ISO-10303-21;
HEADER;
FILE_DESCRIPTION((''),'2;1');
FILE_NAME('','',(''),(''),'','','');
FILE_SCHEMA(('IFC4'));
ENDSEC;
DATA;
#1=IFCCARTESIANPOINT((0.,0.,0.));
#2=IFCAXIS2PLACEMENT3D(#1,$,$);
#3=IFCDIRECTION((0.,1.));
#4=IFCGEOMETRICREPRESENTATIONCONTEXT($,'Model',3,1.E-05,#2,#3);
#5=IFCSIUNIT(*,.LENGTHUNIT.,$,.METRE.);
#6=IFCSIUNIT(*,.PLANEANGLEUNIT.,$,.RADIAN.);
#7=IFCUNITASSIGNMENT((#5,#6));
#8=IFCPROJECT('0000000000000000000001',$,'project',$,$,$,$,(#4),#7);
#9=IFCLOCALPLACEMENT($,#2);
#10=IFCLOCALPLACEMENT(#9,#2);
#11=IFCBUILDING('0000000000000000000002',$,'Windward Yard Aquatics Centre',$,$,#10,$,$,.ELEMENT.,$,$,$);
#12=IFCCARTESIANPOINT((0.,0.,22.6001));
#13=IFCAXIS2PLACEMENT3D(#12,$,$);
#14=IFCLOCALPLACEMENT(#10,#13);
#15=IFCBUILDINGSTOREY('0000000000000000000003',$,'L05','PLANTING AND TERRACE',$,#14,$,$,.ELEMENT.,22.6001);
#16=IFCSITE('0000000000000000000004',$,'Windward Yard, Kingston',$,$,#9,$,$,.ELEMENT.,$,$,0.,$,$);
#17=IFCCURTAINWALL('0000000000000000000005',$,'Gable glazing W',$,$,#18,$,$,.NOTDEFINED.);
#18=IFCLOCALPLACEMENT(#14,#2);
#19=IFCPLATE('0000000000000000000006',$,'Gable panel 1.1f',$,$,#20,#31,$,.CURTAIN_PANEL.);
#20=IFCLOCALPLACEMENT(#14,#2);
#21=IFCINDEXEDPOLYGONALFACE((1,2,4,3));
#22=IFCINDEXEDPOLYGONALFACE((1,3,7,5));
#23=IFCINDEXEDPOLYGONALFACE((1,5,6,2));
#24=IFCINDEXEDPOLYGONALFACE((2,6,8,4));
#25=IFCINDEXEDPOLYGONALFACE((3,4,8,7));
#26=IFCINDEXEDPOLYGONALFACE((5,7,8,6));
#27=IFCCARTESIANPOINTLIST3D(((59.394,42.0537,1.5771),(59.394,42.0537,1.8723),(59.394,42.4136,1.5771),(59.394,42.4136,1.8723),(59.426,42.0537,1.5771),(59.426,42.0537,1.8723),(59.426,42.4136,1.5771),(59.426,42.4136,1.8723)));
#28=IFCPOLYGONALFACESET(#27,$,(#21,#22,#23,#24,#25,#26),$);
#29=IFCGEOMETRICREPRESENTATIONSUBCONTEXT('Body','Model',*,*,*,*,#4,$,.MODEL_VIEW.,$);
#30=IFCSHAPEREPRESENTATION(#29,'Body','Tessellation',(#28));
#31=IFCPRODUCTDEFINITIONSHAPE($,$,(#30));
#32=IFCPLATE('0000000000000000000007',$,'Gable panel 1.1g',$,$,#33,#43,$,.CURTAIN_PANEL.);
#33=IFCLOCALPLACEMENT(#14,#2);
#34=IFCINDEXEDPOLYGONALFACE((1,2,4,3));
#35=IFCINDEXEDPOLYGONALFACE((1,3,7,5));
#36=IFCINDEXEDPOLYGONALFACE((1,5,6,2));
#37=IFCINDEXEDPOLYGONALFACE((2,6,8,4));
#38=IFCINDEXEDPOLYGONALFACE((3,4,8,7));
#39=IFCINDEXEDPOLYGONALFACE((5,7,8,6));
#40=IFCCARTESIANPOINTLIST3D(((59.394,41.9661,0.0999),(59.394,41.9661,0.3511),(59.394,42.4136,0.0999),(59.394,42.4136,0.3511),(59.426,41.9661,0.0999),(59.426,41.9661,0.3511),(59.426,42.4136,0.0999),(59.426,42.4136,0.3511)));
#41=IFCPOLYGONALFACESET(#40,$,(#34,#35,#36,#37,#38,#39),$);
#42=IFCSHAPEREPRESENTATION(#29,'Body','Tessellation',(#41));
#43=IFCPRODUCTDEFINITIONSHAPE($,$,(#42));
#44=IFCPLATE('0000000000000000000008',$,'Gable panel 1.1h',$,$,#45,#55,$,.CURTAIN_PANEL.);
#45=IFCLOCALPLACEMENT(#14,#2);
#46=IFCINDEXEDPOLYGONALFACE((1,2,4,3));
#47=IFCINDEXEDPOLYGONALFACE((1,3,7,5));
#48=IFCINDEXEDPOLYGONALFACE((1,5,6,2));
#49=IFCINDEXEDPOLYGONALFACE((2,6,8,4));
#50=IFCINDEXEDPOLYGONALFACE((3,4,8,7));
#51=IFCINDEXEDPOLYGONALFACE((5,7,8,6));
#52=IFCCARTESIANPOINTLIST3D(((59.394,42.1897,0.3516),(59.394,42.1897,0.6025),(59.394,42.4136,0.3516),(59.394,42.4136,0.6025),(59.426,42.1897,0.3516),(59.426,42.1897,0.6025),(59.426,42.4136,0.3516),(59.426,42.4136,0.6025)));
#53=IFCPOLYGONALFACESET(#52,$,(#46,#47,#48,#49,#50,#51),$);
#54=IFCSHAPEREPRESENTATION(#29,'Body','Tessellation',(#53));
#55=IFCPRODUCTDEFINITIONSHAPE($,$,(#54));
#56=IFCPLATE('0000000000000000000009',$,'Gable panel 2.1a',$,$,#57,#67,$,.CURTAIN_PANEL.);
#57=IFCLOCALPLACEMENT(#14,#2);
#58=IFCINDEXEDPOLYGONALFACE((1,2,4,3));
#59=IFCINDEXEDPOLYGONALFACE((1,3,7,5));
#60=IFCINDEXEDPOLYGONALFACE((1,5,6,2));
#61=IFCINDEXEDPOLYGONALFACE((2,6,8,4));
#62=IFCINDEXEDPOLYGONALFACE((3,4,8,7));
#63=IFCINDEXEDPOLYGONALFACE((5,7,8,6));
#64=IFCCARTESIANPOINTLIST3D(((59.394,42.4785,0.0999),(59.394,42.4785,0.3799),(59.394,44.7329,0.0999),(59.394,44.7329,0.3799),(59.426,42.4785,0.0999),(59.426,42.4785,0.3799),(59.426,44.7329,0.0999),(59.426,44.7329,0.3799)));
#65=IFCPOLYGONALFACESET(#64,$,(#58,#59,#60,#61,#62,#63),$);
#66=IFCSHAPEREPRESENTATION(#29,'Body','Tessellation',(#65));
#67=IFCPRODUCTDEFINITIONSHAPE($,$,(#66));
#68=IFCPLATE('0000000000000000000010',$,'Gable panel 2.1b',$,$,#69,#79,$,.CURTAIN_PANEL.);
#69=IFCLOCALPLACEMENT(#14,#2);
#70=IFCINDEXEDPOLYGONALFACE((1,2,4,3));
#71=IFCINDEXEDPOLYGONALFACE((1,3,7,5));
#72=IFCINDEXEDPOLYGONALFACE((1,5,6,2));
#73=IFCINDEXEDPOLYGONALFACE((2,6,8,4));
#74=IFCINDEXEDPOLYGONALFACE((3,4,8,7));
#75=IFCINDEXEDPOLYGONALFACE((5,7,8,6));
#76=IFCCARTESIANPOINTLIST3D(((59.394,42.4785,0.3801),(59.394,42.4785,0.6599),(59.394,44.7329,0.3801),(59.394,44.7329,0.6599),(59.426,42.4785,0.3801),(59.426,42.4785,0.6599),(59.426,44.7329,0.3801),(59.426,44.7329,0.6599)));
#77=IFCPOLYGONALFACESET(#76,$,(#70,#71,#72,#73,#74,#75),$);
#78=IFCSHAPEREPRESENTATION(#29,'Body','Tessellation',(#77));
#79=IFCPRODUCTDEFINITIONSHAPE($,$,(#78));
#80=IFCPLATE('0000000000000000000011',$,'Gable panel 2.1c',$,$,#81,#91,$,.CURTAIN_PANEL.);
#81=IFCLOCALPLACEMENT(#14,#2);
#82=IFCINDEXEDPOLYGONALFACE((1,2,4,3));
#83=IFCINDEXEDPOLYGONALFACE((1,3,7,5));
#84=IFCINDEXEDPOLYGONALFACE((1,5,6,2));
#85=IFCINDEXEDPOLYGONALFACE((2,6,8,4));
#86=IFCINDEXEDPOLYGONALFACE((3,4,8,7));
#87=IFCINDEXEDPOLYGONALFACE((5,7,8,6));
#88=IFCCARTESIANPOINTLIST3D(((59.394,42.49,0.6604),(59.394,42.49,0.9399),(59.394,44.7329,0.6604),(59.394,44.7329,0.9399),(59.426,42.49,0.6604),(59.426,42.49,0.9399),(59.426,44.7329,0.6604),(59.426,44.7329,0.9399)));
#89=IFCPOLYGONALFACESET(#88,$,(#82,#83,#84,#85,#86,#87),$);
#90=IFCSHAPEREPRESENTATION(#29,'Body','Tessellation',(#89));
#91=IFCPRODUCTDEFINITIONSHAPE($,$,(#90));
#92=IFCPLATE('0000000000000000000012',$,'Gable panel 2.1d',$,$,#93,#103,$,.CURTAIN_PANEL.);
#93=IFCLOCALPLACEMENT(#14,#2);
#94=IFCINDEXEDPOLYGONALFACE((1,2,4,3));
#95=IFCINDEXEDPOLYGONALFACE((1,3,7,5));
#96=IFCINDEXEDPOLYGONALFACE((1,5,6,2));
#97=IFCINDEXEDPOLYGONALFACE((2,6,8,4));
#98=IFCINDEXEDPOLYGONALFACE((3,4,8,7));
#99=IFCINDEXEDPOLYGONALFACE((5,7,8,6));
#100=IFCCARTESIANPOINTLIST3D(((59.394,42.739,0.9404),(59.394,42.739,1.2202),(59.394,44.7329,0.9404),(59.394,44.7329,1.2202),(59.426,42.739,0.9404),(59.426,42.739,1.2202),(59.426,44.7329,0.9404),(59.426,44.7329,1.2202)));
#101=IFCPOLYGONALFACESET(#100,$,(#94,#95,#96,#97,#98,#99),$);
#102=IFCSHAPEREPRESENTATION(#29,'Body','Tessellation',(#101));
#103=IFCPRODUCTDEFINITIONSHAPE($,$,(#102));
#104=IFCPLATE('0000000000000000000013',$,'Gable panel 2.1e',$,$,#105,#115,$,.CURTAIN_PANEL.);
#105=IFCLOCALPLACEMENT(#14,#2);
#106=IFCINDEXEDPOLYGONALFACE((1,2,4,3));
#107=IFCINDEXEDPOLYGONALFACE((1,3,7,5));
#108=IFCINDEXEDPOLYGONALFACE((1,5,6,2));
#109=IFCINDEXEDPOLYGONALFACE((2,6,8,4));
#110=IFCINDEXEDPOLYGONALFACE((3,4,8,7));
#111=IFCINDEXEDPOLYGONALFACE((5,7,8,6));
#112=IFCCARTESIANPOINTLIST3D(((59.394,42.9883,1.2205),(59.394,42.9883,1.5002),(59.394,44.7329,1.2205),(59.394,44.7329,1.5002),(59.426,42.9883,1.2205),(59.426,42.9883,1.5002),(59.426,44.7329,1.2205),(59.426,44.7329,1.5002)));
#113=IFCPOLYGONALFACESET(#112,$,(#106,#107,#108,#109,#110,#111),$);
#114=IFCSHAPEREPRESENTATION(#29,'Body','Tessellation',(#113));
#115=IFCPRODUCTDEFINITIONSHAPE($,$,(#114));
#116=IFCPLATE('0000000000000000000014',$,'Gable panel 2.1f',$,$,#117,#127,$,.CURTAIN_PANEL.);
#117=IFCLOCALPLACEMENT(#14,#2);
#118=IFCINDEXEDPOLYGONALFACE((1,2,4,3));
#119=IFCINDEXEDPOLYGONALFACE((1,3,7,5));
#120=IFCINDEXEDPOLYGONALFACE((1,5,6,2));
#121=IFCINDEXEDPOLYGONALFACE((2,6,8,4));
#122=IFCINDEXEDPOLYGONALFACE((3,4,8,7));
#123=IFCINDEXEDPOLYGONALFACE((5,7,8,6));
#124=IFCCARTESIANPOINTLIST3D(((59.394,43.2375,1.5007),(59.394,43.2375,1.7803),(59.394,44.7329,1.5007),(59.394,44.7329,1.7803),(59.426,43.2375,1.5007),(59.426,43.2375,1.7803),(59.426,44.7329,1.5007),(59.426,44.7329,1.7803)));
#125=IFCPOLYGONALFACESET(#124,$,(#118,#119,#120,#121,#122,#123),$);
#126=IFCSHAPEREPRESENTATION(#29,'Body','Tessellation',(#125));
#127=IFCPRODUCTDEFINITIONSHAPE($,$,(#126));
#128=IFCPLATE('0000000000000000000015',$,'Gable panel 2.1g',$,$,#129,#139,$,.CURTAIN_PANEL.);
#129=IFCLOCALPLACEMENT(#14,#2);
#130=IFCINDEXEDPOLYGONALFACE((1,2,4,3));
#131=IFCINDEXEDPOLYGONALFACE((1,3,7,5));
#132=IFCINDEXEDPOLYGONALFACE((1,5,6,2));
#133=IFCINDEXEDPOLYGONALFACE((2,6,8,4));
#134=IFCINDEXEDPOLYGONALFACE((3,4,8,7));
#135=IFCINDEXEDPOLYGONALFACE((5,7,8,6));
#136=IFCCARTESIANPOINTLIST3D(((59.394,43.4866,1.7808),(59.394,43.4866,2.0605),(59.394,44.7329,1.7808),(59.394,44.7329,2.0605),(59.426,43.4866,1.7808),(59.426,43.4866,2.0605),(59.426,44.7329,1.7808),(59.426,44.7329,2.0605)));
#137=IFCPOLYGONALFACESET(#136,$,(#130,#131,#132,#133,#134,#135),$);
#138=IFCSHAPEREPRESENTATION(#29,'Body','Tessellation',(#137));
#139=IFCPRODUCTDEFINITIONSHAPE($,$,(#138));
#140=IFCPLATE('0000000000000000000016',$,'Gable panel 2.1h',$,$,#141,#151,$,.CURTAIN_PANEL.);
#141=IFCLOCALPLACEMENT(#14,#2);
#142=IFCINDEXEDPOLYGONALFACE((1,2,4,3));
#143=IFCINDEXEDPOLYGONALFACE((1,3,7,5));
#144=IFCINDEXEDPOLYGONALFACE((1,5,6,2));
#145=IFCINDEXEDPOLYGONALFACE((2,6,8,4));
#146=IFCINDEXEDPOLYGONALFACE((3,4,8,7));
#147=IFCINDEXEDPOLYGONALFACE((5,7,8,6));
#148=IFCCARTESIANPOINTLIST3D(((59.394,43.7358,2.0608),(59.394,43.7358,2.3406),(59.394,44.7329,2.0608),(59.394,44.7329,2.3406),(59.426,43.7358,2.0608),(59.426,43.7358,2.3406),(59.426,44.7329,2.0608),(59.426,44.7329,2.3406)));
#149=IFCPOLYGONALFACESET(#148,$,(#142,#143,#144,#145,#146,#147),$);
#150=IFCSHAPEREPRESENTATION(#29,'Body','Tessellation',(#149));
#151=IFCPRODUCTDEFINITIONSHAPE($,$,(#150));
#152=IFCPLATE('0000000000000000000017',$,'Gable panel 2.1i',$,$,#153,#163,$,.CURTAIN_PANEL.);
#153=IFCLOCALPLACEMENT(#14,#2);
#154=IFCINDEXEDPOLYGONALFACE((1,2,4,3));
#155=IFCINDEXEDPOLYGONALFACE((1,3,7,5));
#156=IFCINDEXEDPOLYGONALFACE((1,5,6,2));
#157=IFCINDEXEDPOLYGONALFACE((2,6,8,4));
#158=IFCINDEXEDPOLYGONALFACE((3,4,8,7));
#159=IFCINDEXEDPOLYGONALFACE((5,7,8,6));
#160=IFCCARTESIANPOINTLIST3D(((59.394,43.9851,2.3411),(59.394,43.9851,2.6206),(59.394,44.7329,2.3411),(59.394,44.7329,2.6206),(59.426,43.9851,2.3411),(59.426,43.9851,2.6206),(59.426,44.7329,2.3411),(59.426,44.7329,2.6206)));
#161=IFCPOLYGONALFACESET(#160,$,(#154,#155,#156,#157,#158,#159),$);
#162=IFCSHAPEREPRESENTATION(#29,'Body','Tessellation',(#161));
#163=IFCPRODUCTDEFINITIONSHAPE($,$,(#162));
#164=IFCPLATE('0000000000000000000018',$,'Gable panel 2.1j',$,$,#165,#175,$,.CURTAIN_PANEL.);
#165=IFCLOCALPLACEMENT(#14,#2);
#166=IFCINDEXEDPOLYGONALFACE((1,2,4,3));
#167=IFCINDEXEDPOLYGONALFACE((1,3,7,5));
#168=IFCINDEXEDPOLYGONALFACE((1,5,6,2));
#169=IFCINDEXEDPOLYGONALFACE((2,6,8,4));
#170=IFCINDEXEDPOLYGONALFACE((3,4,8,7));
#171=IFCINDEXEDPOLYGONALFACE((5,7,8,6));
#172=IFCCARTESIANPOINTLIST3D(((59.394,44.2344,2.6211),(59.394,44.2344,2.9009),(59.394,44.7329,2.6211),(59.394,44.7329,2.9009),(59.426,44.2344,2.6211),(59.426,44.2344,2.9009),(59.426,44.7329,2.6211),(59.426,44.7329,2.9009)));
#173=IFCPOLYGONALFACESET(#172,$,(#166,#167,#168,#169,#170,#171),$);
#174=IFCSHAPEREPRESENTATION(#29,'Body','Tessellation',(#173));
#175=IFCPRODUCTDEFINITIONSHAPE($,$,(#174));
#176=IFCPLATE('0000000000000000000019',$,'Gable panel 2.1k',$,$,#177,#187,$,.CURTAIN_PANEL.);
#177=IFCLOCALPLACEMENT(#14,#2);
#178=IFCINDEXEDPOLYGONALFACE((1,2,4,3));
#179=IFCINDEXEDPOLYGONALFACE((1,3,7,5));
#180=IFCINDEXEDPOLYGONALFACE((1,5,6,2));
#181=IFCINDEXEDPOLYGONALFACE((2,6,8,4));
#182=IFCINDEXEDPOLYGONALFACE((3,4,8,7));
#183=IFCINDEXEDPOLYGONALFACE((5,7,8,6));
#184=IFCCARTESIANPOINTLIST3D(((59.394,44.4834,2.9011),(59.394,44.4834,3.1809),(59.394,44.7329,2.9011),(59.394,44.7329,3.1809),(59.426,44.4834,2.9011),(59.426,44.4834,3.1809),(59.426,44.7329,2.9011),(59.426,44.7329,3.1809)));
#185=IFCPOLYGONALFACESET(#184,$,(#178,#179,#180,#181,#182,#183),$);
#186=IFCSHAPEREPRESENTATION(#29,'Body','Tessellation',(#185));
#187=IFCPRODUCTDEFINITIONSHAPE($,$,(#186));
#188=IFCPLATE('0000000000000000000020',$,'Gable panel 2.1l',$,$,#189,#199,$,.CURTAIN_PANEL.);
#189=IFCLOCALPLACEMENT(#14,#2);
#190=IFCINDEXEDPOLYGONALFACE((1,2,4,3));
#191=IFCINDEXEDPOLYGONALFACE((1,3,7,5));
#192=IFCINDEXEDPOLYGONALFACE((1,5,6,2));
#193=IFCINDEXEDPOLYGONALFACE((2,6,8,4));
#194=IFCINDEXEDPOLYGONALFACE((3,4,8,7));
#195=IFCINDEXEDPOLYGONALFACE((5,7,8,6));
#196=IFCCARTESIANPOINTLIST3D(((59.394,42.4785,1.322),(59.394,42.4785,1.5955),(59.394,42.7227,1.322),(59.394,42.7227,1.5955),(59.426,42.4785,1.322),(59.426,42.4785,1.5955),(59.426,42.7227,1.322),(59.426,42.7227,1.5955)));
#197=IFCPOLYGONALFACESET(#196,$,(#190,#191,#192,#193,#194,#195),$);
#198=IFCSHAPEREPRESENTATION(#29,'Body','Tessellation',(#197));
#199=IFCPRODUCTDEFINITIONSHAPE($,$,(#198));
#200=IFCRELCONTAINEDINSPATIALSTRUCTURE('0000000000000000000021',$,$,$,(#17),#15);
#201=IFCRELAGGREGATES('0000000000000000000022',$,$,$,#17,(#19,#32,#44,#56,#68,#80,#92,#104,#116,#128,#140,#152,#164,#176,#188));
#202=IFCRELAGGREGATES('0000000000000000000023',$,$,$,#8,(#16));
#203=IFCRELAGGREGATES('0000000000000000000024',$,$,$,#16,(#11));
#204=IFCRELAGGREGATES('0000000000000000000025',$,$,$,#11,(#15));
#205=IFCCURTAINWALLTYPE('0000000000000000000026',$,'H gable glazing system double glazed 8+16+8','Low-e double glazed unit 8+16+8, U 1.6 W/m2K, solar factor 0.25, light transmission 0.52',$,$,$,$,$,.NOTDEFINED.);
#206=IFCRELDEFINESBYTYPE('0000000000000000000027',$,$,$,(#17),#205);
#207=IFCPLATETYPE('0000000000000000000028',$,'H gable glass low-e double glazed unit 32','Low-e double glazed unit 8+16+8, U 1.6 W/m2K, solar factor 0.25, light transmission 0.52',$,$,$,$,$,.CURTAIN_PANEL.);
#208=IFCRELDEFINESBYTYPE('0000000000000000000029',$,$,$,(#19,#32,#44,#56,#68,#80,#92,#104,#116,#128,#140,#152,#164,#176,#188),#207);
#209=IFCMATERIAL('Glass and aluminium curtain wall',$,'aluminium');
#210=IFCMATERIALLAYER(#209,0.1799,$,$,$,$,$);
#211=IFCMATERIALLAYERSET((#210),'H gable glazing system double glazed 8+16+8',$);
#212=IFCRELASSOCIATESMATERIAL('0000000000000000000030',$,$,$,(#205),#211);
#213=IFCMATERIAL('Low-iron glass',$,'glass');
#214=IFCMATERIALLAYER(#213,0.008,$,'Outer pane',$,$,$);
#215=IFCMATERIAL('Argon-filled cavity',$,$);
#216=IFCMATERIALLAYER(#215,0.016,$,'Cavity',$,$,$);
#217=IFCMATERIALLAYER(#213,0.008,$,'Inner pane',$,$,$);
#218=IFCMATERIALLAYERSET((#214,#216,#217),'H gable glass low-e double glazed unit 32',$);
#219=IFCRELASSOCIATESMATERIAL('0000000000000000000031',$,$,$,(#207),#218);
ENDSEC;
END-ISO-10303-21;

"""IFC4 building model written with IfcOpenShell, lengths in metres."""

from ifc_helpers import new_model, si_unit, direction, frame, origin, place, context, subcontext, project, spatial, polyline, outline, extrude, material, layer, layer_set, type_object, element, aggregate, save


model = new_model("IFC4")

# Units and contexts
model_context = context("Model", 3, precision=1e-05, world=origin(), true_north=direction((0.0, 1.0)))
body_context = subcontext(model_context, "Body", "Model", "MODEL_VIEW")
ifc_project = project(units=[si_unit("LENGTHUNIT", "METRE"), si_unit("PLANEANGLEUNIT", "RADIAN")], contexts=[model_context])

# Site, building, storey
site_placement = place(None, origin())
site = spatial("IfcSite", under=ifc_project, at=site_placement, Name="Windward Yard, Kingston", CompositionType="ELEMENT", RefElevation=0.0)
building_placement = place(site_placement, origin())
building = spatial("IfcBuilding", under=site, at=building_placement, Name="Windward Yard Aquatics Centre", CompositionType="ELEMENT")
storey_placement = place(building_placement, frame((0.0, 0.0, 22.6001)))
storey = spatial("IfcBuildingStorey", under=building, at=storey_placement, Name="L05", Description="PLANTING AND TERRACE", CompositionType="ELEMENT", Elevation=22.6001)

# Curtain wall, plates
ifc_material_1 = material(Name="Glass and aluminium curtain wall", Category="aluminium")
ifc_layer_1 = layer(ifc_material_1, 0.1799)
ifc_layer_set_1 = layer_set([ifc_layer_1], Name="H gable glazing system double glazed 8+16+8")
curtain_wall_type = type_object("IfcCurtainWallType", Name="H gable glazing system double glazed 8+16+8", Description="Low-e double glazed unit 8+16+8, U 1.6 W/m2K, solar factor 0.25, light transmission 0.52", PredefinedType="NOTDEFINED", material=ifc_layer_set_1)
curtain_wall_placement = place(storey_placement, origin())
curtain_wall = element("IfcCurtainWall", 1, at=curtain_wall_placement, inside=storey, type_object=curtain_wall_type, Name="Gable glazing W", PredefinedType="NOTDEFINED")
ifc_material_2 = material(Name="Low-iron glass", Category="glass")
ifc_layer_2 = layer(ifc_material_2, 0.008, Name="Outer pane")
ifc_material_3 = material(Name="Argon-filled cavity")
ifc_layer_3 = layer(ifc_material_3, 0.016, Name="Cavity")
ifc_layer_4 = layer(ifc_material_2, 0.008, Name="Inner pane")
ifc_layer_set_2 = layer_set([ifc_layer_2, ifc_layer_3, ifc_layer_4], Name="H gable glass low-e double glazed unit 32")
plate_type = type_object("IfcPlateType", Name="H gable glass low-e double glazed unit 32", Description="Low-e double glazed unit 8+16+8, U 1.6 W/m2K, solar factor 0.25, light transmission 0.52", PredefinedType="CURTAIN_PANEL", material=ifc_layer_set_2)
plate_1_placement = place(storey_placement, frame((59.426, 42.0537, 1.5771), z_axis=(1.0, 0.0, 0.0), x_axis=(0.0, 1.0, 0.0)))
plate_1 = element("IfcPlate", 2, at=plate_1_placement, type_object=plate_type, Name="Gable panel 1.1f", PredefinedType="CURTAIN_PANEL", context=body_context, shape_type="SweptSolid", body=[
    extrude(outline(polyline([(0.0, 0.0), (0.3599, 0.0), (0.3599, 0.2952), (0.0, 0.2952), (0.0, 0.0)])), origin(), (0.0, 0.0, -1.0), 0.032),
])
plate_2_placement = place(storey_placement, frame((59.426, 41.9661, 0.0999), z_axis=(1.0, 0.0, 0.0), x_axis=(0.0, 1.0, 0.0)))
plate_2 = element("IfcPlate", 3, at=plate_2_placement, type_object=plate_type, Name="Gable panel 1.1g", PredefinedType="CURTAIN_PANEL", context=body_context, shape_type="SweptSolid", body=[
    extrude(outline(polyline([(0.0, 0.0), (0.4475, 0.0), (0.4475, 0.2512), (0.0, 0.2512), (0.0, 0.0)])), origin(), (0.0, 0.0, -1.0), 0.032),
])
plate_3_placement = place(storey_placement, frame((59.426, 42.1897, 0.3516), z_axis=(1.0, 0.0, 0.0), x_axis=(0.0, 1.0, 0.0)))
plate_3 = element("IfcPlate", 4, at=plate_3_placement, type_object=plate_type, Name="Gable panel 1.1h", PredefinedType="CURTAIN_PANEL", context=body_context, shape_type="SweptSolid", body=[
    extrude(outline(polyline([(0.0, 0.0), (0.2239, 0.0), (0.2239, 0.251), (0.0, 0.251), (0.0, 0.0)])), origin(), (0.0, 0.0, -1.0), 0.032),
])
plate_4_placement = place(storey_placement, frame((59.426, 42.4785, 0.0999), z_axis=(1.0, 0.0, 0.0), x_axis=(0.0, 1.0, 0.0)))
plate_4 = element("IfcPlate", 5, at=plate_4_placement, type_object=plate_type, Name="Gable panel 2.1a", PredefinedType="CURTAIN_PANEL", context=body_context, shape_type="SweptSolid", body=[
    extrude(outline(polyline([(0.0, 0.0), (2.2544, 0.0), (2.2544, 0.28), (0.0, 0.28), (0.0, 0.0)])), origin(), (0.0, 0.0, -1.0), 0.032),
])
plate_5_placement = place(storey_placement, frame((59.426, 42.4785, 0.3801), z_axis=(1.0, 0.0, 0.0), x_axis=(0.0, 1.0, 0.0)))
plate_5 = element("IfcPlate", 6, at=plate_5_placement, type_object=plate_type, Name="Gable panel 2.1b", PredefinedType="CURTAIN_PANEL", context=body_context, shape_type="SweptSolid", body=[
    extrude(outline(polyline([(0.0, 0.0), (2.2544, 0.0), (2.2544, 0.2798), (0.0, 0.2798), (0.0, 0.0)])), origin(), (0.0, 0.0, -1.0), 0.032),
])
plate_6_placement = place(storey_placement, frame((59.426, 42.49, 0.6604), z_axis=(1.0, 0.0, 0.0), x_axis=(0.0, 1.0, 0.0)))
plate_6 = element("IfcPlate", 7, at=plate_6_placement, type_object=plate_type, Name="Gable panel 2.1c", PredefinedType="CURTAIN_PANEL", context=body_context, shape_type="SweptSolid", body=[
    extrude(outline(polyline([(0.0, 0.0), (2.2429, 0.0), (2.2429, 0.2795), (0.0, 0.2795), (0.0, 0.0)])), origin(), (0.0, 0.0, -1.0), 0.032),
])
plate_7_placement = place(storey_placement, frame((59.426, 42.739, 0.9404), z_axis=(1.0, 0.0, 0.0), x_axis=(0.0, 1.0, 0.0)))
plate_7 = element("IfcPlate", 8, at=plate_7_placement, type_object=plate_type, Name="Gable panel 2.1d", PredefinedType="CURTAIN_PANEL", context=body_context, shape_type="SweptSolid", body=[
    extrude(outline(polyline([(0.0, 0.0), (1.9939, 0.0), (1.9939, 0.2798), (0.0, 0.2798), (0.0, 0.0)])), origin(), (0.0, 0.0, -1.0), 0.032),
])
plate_8_placement = place(storey_placement, frame((59.426, 42.9883, 1.2205), z_axis=(1.0, 0.0, 0.0), x_axis=(0.0, 1.0, 0.0)))
plate_8 = element("IfcPlate", 9, at=plate_8_placement, type_object=plate_type, Name="Gable panel 2.1e", PredefinedType="CURTAIN_PANEL", context=body_context, shape_type="SweptSolid", body=[
    extrude(outline(polyline([(0.0, 0.0), (1.7446, 0.0), (1.7446, 0.2798), (0.0, 0.2798), (0.0, 0.0)])), origin(), (0.0, 0.0, -1.0), 0.032),
])
plate_9_placement = place(storey_placement, frame((59.426, 43.2375, 1.5007), z_axis=(1.0, 0.0, 0.0), x_axis=(0.0, 1.0, 0.0)))
plate_9 = element("IfcPlate", 10, at=plate_9_placement, type_object=plate_type, Name="Gable panel 2.1f", PredefinedType="CURTAIN_PANEL", context=body_context, shape_type="SweptSolid", body=[
    extrude(outline(polyline([(0.0, 0.0), (1.4954, 0.0), (1.4954, 0.2795), (0.0, 0.2795), (0.0, 0.0)])), origin(), (0.0, 0.0, -1.0), 0.032),
])
plate_10_placement = place(storey_placement, frame((59.426, 43.4866, 1.7808), z_axis=(1.0, 0.0, 0.0), x_axis=(0.0, 1.0, 0.0)))
plate_10 = element("IfcPlate", 11, at=plate_10_placement, type_object=plate_type, Name="Gable panel 2.1g", PredefinedType="CURTAIN_PANEL", context=body_context, shape_type="SweptSolid", body=[
    extrude(outline(polyline([(0.0, 0.0), (1.2463, 0.0), (1.2463, 0.2798), (0.0, 0.2798), (0.0, 0.0)])), origin(), (0.0, 0.0, -1.0), 0.032),
])
plate_11_placement = place(storey_placement, frame((59.426, 43.7358, 2.0608), z_axis=(1.0, 0.0, 0.0), x_axis=(0.0, 1.0, 0.0)))
plate_11 = element("IfcPlate", 12, at=plate_11_placement, type_object=plate_type, Name="Gable panel 2.1h", PredefinedType="CURTAIN_PANEL", context=body_context, shape_type="SweptSolid", body=[
    extrude(outline(polyline([(0.0, 0.0), (0.9971, 0.0), (0.9971, 0.2798), (0.0, 0.2798), (0.0, 0.0)])), origin(), (0.0, 0.0, -1.0), 0.032),
])
plate_12_placement = place(storey_placement, frame((59.426, 43.9851, 2.3411), z_axis=(1.0, 0.0, 0.0), x_axis=(0.0, 1.0, 0.0)))
plate_12 = element("IfcPlate", 13, at=plate_12_placement, type_object=plate_type, Name="Gable panel 2.1i", PredefinedType="CURTAIN_PANEL", context=body_context, shape_type="SweptSolid", body=[
    extrude(outline(polyline([(0.0, 0.0), (0.7478, 0.0), (0.7478, 0.2795), (0.0, 0.2795), (0.0, 0.0)])), origin(), (0.0, 0.0, -1.0), 0.032),
])
plate_13_placement = place(storey_placement, frame((59.426, 44.2344, 2.6211), z_axis=(1.0, 0.0, 0.0), x_axis=(0.0, 1.0, 0.0)))
plate_13 = element("IfcPlate", 14, at=plate_13_placement, type_object=plate_type, Name="Gable panel 2.1j", PredefinedType="CURTAIN_PANEL", context=body_context, shape_type="SweptSolid", body=[
    extrude(outline(polyline([(0.0, 0.0), (0.4985, 0.0), (0.4985, 0.2798), (0.0, 0.2798), (0.0, 0.0)])), origin(), (0.0, 0.0, -1.0), 0.032),
])
plate_14_placement = place(storey_placement, frame((59.426, 44.4834, 2.9011), z_axis=(1.0, 0.0, 0.0), x_axis=(0.0, 1.0, 0.0)))
plate_14 = element("IfcPlate", 15, at=plate_14_placement, type_object=plate_type, Name="Gable panel 2.1k", PredefinedType="CURTAIN_PANEL", context=body_context, shape_type="SweptSolid", body=[
    extrude(outline(polyline([(0.0, 0.0), (0.2495, 0.0), (0.2495, 0.2798), (0.0, 0.2798), (0.0, 0.0)])), origin(), (0.0, 0.0, -1.0), 0.032),
])
plate_15_placement = place(storey_placement, frame((59.426, 42.4785, 1.322), z_axis=(1.0, 0.0, 0.0), x_axis=(0.0, 1.0, 0.0)))
plate_15 = element("IfcPlate", 16, at=plate_15_placement, type_object=plate_type, Name="Gable panel 2.1l", PredefinedType="CURTAIN_PANEL", context=body_context, shape_type="SweptSolid", body=[
    extrude(outline(polyline([(0.0, 0.0), (0.2441, 0.0), (0.2441, 0.2734), (0.0, 0.2734), (0.0, 0.0)])), origin(), (0.0, 0.0, -1.0), 0.032),
])
aggregate(curtain_wall, [plate_1, plate_2, plate_3, plate_4, plate_5, plate_6, plate_7, plate_8, plate_9, plate_10, plate_11, plate_12, plate_13, plate_14, plate_15])

save(model, "model.ifc")
